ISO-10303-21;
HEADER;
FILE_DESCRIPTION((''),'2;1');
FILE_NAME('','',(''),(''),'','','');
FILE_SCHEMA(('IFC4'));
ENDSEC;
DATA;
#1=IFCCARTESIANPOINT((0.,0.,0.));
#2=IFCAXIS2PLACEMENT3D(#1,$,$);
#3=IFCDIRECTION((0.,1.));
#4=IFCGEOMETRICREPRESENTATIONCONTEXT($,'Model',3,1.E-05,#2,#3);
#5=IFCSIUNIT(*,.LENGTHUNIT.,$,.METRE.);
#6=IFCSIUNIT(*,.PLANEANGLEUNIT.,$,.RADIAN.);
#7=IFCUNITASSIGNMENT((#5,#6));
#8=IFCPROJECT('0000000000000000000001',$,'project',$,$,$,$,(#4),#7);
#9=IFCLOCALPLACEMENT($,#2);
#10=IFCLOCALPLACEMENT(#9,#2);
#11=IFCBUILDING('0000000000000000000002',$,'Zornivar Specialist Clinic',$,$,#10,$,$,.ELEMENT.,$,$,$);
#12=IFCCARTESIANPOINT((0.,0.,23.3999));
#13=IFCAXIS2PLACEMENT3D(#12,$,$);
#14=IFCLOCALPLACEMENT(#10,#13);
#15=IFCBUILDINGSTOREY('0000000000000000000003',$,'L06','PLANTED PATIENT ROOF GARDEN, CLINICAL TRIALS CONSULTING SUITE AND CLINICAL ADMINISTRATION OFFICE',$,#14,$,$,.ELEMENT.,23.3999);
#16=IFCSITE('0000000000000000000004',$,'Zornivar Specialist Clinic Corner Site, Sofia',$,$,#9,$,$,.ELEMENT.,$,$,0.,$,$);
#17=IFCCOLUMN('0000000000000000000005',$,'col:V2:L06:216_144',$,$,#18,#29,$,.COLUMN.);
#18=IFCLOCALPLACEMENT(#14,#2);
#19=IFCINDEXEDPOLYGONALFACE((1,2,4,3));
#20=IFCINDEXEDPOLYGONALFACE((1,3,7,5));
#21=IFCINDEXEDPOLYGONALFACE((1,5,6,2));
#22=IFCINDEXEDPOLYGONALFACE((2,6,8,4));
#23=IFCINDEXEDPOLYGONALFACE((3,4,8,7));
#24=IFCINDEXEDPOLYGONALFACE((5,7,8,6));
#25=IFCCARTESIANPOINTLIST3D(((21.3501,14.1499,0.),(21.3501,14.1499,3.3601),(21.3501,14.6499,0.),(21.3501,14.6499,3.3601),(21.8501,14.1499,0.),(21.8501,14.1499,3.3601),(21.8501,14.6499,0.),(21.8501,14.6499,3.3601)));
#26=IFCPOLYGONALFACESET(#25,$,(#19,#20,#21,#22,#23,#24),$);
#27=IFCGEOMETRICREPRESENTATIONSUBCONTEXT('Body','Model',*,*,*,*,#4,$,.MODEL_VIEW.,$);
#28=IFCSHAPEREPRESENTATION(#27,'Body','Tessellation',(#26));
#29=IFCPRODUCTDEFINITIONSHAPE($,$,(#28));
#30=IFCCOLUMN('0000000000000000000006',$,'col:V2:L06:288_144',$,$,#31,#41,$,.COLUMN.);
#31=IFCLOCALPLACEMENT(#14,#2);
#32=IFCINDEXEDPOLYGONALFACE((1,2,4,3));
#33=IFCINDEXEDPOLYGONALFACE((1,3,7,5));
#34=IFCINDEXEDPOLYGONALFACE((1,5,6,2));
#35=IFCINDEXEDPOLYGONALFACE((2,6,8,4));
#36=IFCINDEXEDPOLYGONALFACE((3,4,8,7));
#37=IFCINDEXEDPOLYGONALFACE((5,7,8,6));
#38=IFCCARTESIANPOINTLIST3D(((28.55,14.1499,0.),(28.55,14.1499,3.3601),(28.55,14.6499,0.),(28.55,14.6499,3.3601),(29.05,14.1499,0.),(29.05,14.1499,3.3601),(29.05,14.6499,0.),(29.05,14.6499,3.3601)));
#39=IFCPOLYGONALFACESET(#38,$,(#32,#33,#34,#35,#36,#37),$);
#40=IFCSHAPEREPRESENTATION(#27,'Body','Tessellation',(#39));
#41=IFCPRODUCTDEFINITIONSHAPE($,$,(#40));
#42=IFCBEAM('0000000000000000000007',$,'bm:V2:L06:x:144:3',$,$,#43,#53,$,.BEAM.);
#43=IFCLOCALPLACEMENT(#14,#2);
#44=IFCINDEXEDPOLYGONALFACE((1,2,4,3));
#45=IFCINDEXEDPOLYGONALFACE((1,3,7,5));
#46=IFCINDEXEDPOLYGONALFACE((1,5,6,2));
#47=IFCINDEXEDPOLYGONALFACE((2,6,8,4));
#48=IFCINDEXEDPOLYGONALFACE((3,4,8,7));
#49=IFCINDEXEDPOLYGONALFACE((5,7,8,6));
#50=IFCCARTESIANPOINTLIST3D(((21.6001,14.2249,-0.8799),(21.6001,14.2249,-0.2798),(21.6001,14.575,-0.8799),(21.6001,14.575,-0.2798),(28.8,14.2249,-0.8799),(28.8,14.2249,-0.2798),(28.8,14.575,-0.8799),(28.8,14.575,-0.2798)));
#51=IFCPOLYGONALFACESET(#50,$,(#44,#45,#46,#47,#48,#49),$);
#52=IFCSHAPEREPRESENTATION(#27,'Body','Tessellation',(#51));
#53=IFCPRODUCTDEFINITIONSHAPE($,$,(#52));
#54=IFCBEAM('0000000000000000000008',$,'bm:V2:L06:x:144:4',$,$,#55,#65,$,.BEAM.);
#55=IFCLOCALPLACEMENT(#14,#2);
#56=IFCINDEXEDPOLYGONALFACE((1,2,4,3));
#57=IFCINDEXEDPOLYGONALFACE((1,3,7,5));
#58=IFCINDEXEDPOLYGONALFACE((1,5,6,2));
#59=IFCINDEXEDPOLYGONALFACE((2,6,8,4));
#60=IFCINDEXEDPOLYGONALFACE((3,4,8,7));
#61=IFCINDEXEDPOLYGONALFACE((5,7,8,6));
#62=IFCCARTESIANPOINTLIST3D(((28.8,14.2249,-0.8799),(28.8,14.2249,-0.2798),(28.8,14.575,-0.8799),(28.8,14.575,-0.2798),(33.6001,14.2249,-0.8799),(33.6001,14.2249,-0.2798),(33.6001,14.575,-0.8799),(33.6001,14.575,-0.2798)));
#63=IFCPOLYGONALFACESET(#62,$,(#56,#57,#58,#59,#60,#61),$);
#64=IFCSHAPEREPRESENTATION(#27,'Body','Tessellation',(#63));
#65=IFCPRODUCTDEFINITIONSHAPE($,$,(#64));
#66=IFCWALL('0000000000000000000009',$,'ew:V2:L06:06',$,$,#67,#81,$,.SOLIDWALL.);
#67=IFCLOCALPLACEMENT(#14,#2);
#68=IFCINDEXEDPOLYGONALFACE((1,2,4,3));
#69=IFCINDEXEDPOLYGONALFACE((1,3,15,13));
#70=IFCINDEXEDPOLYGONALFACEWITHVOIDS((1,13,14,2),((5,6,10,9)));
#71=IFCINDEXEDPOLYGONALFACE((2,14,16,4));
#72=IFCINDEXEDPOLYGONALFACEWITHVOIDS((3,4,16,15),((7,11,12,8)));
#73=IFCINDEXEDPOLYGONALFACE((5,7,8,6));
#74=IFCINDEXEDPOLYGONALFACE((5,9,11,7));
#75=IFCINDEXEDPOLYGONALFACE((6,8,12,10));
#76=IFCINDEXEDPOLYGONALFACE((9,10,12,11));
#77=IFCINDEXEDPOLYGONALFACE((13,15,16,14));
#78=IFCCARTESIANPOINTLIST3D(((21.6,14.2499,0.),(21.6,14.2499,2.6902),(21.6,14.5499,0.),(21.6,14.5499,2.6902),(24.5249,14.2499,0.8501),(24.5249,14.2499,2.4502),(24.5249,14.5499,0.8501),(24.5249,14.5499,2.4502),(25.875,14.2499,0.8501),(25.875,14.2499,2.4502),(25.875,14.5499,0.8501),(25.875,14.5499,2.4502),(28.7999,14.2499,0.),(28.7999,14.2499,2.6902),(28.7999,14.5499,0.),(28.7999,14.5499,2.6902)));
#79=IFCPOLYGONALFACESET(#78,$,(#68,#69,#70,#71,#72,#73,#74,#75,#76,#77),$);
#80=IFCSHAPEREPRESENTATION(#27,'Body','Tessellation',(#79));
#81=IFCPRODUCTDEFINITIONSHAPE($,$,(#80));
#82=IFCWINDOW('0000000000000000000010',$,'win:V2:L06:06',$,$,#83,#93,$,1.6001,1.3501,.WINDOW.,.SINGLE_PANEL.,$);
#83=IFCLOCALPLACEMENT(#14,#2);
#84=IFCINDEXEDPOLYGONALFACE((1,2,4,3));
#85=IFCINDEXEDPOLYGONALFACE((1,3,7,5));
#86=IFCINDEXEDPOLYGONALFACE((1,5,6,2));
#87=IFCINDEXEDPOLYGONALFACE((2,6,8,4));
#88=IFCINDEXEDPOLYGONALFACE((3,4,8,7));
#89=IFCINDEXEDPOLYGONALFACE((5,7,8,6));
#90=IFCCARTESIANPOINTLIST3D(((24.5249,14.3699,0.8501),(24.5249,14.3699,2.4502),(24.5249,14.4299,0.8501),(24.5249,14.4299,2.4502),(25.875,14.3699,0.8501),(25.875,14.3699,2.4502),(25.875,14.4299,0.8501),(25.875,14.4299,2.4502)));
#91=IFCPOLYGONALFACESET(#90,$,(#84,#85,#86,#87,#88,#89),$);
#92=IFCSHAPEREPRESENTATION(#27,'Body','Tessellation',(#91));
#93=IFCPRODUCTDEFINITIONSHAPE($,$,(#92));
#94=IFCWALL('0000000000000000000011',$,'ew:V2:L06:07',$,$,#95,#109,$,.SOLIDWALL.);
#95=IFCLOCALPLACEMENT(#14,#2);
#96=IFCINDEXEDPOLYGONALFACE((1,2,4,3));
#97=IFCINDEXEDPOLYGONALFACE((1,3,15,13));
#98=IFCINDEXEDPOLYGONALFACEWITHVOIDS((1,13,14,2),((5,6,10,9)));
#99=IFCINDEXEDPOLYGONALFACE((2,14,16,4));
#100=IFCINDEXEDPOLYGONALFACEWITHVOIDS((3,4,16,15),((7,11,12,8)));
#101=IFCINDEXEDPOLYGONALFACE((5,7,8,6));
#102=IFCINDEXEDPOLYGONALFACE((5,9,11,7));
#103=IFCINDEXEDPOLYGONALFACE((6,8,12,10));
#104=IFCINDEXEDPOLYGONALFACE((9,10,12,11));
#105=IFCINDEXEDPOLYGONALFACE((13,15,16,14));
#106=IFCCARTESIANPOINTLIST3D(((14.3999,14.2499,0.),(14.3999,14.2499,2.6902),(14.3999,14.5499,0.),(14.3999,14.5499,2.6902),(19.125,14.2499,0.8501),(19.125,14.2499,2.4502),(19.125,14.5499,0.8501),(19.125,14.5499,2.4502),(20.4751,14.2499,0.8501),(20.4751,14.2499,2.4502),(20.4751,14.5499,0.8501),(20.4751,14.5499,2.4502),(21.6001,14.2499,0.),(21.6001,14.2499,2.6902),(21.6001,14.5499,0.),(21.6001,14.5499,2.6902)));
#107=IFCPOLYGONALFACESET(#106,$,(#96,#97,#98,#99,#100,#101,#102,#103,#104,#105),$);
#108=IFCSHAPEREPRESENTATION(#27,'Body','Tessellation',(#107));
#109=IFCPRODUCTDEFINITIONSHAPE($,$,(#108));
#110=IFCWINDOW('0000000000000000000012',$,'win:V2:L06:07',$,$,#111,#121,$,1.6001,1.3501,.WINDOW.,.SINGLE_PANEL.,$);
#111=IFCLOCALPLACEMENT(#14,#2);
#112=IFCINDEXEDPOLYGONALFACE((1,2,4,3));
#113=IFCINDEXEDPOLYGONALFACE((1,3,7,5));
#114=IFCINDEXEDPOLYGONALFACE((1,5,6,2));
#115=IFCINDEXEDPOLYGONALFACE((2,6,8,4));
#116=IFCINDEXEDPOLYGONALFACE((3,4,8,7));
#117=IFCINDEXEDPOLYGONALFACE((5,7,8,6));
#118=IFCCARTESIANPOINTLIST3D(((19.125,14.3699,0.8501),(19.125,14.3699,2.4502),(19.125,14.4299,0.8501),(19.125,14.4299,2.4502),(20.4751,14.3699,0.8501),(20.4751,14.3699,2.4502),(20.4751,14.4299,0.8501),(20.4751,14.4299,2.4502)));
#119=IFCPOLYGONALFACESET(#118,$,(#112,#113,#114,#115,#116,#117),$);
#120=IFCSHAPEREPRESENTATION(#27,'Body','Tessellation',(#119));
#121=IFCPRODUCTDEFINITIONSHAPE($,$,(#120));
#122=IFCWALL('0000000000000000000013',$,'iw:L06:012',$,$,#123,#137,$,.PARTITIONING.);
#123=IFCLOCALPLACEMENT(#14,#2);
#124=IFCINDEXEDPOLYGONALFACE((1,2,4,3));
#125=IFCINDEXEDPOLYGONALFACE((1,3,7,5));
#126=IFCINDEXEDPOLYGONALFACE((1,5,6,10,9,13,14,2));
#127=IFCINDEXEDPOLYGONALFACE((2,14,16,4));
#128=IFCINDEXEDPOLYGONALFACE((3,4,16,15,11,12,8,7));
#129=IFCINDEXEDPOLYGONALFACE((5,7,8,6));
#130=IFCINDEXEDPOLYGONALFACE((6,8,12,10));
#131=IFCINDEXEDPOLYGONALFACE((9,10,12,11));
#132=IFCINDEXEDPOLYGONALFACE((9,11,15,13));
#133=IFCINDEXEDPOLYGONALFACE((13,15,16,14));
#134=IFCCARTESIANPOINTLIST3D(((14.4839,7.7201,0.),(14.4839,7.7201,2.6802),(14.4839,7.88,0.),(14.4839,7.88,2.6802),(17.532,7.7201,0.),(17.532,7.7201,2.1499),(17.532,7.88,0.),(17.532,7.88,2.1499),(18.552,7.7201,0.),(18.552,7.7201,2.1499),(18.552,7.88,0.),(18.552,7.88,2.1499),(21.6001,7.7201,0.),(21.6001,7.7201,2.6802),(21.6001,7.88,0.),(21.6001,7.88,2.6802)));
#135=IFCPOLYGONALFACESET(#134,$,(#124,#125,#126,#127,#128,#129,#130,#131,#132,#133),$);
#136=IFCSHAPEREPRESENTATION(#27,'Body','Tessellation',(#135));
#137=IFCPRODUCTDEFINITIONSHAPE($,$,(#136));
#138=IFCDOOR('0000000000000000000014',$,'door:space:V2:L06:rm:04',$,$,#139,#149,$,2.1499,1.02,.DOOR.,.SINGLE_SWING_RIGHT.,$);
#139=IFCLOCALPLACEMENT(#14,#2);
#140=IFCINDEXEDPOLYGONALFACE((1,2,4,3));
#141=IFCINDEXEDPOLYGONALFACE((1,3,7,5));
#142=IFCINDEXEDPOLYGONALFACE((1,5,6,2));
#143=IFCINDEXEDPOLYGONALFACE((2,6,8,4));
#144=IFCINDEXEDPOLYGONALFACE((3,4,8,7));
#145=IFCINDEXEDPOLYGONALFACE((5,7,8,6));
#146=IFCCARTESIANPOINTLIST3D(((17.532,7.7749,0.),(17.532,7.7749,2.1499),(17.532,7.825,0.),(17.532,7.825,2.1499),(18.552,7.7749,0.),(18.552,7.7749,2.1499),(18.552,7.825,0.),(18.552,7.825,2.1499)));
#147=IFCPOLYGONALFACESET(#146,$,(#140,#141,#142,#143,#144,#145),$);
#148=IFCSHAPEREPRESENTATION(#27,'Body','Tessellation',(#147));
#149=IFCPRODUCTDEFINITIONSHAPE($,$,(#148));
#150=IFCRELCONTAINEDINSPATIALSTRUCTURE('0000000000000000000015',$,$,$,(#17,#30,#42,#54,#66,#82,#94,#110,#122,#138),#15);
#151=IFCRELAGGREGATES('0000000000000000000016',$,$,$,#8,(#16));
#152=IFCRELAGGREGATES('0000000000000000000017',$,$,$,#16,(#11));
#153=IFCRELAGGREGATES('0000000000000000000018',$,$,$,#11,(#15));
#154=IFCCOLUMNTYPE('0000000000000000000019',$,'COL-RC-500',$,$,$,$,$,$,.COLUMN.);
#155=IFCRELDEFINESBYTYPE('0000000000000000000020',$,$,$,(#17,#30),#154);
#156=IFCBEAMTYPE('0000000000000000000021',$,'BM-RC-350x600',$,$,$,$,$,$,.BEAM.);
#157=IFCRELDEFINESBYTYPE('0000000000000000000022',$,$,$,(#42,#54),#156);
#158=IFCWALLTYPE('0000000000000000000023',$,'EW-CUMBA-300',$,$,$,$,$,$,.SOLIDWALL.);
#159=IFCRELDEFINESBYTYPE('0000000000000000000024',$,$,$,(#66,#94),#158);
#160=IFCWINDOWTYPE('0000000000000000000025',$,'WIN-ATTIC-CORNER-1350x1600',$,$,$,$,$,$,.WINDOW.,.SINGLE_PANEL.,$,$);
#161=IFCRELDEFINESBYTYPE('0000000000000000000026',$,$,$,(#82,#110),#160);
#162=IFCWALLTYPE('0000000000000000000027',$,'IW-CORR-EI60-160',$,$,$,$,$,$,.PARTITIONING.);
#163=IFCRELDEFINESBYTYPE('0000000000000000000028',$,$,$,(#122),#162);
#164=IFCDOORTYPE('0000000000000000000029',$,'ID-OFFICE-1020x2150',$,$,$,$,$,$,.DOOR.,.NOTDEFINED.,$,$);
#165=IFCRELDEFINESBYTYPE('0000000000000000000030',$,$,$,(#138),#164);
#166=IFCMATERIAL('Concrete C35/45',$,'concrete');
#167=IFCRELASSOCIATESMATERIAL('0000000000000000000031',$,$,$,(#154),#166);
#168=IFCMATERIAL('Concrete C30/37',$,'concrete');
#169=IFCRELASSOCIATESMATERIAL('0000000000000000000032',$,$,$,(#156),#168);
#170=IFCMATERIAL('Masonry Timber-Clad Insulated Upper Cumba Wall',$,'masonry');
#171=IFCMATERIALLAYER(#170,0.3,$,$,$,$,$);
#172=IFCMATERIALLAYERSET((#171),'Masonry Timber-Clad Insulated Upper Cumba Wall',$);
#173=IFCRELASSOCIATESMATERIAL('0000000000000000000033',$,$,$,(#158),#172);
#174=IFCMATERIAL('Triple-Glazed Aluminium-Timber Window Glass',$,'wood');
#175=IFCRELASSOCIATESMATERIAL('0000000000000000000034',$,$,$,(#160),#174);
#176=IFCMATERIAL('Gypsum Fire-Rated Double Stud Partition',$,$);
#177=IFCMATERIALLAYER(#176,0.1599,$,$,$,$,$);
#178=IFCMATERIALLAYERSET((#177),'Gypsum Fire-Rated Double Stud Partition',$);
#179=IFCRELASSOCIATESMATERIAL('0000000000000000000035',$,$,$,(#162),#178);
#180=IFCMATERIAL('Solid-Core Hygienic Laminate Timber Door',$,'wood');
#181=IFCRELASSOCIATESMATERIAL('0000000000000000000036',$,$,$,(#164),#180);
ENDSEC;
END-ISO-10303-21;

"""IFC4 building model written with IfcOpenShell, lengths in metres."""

from ifc_helpers import new_model, si_unit, direction, frame, frame_2d, origin, origin_2d, place, context, subcontext, project, spatial, rectangle, extrude, material, layer, layer_set, material_profile, profile_set, type_object, element, fill, save


model = new_model("IFC4")

# Units and contexts
model_context = context("Model", 3, precision=1e-05, world=origin(), true_north=direction((0.0, 1.0)))
body_context = subcontext(model_context, "Body", "Model", "MODEL_VIEW")
ifc_project = project(units=[si_unit("LENGTHUNIT", "METRE"), si_unit("PLANEANGLEUNIT", "RADIAN")], contexts=[model_context])

# Site, building, storey
site_placement = place(None, origin())
site = spatial("IfcSite", under=ifc_project, at=site_placement, Name="Zornivar Specialist Clinic Corner Site, Sofia", CompositionType="ELEMENT", RefElevation=0.0)
building_placement = place(site_placement, origin())
building = spatial("IfcBuilding", under=site, at=building_placement, Name="Zornivar Specialist Clinic", CompositionType="ELEMENT")
storey_placement = place(building_placement, frame((0.0, 0.0, 23.3999)))
storey = spatial("IfcBuildingStorey", under=building, at=storey_placement, Name="L06", Description="PLANTED PATIENT ROOF GARDEN, CLINICAL TRIALS CONSULTING SUITE AND CLINICAL ADMINISTRATION OFFICE", CompositionType="ELEMENT", Elevation=23.3999)

# Columns
ifc_material_1 = material(Name="Concrete C35/45", Category="concrete")
ifc_material_profile_1 = material_profile(ifc_material_1, rectangle(XDim=0.5, YDim=0.5, at=origin_2d()), Name="RC 500x500")
ifc_profile_set_1 = profile_set([ifc_material_profile_1], Name="Concrete C35/45")
column_type = type_object("IfcColumnType", Name="COL-RC-500", PredefinedType="COLUMN", material=ifc_profile_set_1)
for number, where, z_axis, x_axis, name in (
    (1, (21.6001, 14.3999, 0.0), (0.0, 0.0, 1.0), (1.0, 0.0, 0.0), "col:V2:L06:216_144"),
    (2, (28.8, 14.3999, 0.0), (0.0, 0.0, 1.0), (1.0, 0.0, 0.0), "col:V2:L06:288_144"),
):
    element("IfcColumn", number, at=place(storey_placement, frame(where, z_axis=z_axis, x_axis=x_axis)), inside=storey, type_object=column_type, Name=name, PredefinedType="COLUMN", context=body_context, shape_type="SweptSolid", body=[
        extrude(rectangle(XDim=0.5, YDim=0.5, at=origin_2d()), origin(), (0.0, 0.0, 1.0), 3.3601),
    ])

# Beams
ifc_material_2 = material(Name="Concrete C30/37", Category="concrete")
ifc_material_profile_2 = material_profile(ifc_material_2, rectangle(XDim=0.3501, YDim=0.6001, at=origin_2d()), Name="RC 350x600")
ifc_profile_set_2 = profile_set([ifc_material_profile_2], Name="Concrete C30/37")
beam_type = type_object("IfcBeamType", Name="BM-RC-350x600", PredefinedType="BEAM", material=ifc_profile_set_2)
beam_1_placement = place(storey_placement, frame((21.6001, 14.3999, -0.5798), z_axis=(1.0, 0.0, 0.0), x_axis=(0.0, 1.0, 0.0)))
element("IfcBeam", 3, at=beam_1_placement, inside=storey, type_object=beam_type, Name="bm:V2:L06:x:144:3", PredefinedType="BEAM", context=body_context, shape_type="SweptSolid", body=[
    extrude(rectangle(XDim=0.3501, YDim=0.6001, at=origin_2d()), origin(), (0.0, 0.0, 1.0), 7.2),
])
beam_2_placement = place(storey_placement, frame((28.8, 14.3999, -0.5798), z_axis=(1.0, 0.0, 0.0), x_axis=(0.0, 1.0, 0.0)))
element("IfcBeam", 4, at=beam_2_placement, inside=storey, type_object=beam_type, Name="bm:V2:L06:x:144:4", PredefinedType="BEAM", context=body_context, shape_type="SweptSolid", body=[
    extrude(rectangle(XDim=0.3501, YDim=0.6001, at=origin_2d()), origin(), (0.0, 0.0, 1.0), 4.8),
])

# Walls, openings, windows
ifc_material_3 = material(Name="Masonry Timber-Clad Insulated Upper Cumba Wall", Category="masonry")
ifc_layer_1 = layer(ifc_material_3, 0.3)
ifc_layer_set_1 = layer_set([ifc_layer_1], Name="Masonry Timber-Clad Insulated Upper Cumba Wall")
wall_type_1 = type_object("IfcWallType", Name="EW-CUMBA-300", PredefinedType="SOLIDWALL", material=ifc_layer_set_1)
wall_1_placement = place(storey_placement, frame((28.8, 14.3999, 0.0), z_axis=(0.0, 0.0, 1.0), x_axis=(-1.0, 0.0, 0.0)))
wall_1 = element("IfcWall", 5, at=wall_1_placement, inside=storey, type_object=wall_type_1, Name="ew:V2:L06:06", PredefinedType="SOLIDWALL", context=body_context, shape_type="SweptSolid", body=[
    extrude(rectangle(XDim=7.2, YDim=0.3, at=frame_2d((3.6001, 0.0))), origin(), (0.0, 0.0, 1.0), 2.6902),
])
opening_1_placement = place(wall_1_placement, frame((2.925, 0.0, 0.8501)))
opening_1 = element("IfcOpeningElement", 6, at=opening_1_placement, cuts=wall_1, PredefinedType="OPENING", context=body_context, shape_type="SweptSolid", body=[
    extrude(rectangle(XDim=1.3501, YDim=1.6001, at=frame_2d((0.675, 0.8))), frame((0.0, 0.1599, 0.0), z_axis=(0.0, -1.0, 0.0), x_axis=(1.0, 0.0, 0.0)), (0.0, 0.0, 1.0), 0.3201),
])
ifc_material_4 = material(Name="Triple-Glazed Aluminium-Timber Window Glass", Category="wood")
window_type = type_object("IfcWindowType", Name="WIN-ATTIC-CORNER-1350x1600", PartitioningType="SINGLE_PANEL", PredefinedType="WINDOW", material=ifc_material_4)
window_1_placement = place(opening_1_placement, origin())
window_1 = element("IfcWindow", 7, at=window_1_placement, inside=storey, type_object=window_type, Name="win:V2:L06:06", OverallHeight=1.6001, OverallWidth=1.3501, PartitioningType="SINGLE_PANEL", PredefinedType="WINDOW", context=body_context, shape_type="SweptSolid", body=[
    extrude(rectangle(XDim=1.3501, YDim=1.6001, at=frame_2d((0.675, 0.8))), frame((0.0, 0.03, 0.0), z_axis=(0.0, -1.0, 0.0), x_axis=(1.0, 0.0, 0.0)), (0.0, 0.0, 1.0), 0.0601),
])
fill(opening_1, window_1)
wall_2_placement = place(storey_placement, frame((21.6001, 14.3999, 0.0), z_axis=(0.0, 0.0, 1.0), x_axis=(-1.0, 0.0, 0.0)))
wall_2 = element("IfcWall", 8, at=wall_2_placement, inside=storey, type_object=wall_type_1, Name="ew:V2:L06:07", PredefinedType="SOLIDWALL", context=body_context, shape_type="SweptSolid", body=[
    extrude(rectangle(XDim=7.2002, YDim=0.3, at=frame_2d((3.6001, 0.0))), origin(), (0.0, 0.0, 1.0), 2.6902),
])
opening_2_placement = place(wall_2_placement, frame((1.125, 0.0, 0.8501)))
opening_2 = element("IfcOpeningElement", 9, at=opening_2_placement, cuts=wall_2, PredefinedType="OPENING", context=body_context, shape_type="SweptSolid", body=[
    extrude(rectangle(XDim=1.3501, YDim=1.6001, at=frame_2d((0.675, 0.8))), frame((0.0, 0.1599, 0.0), z_axis=(0.0, -1.0, 0.0), x_axis=(1.0, 0.0, 0.0)), (0.0, 0.0, 1.0), 0.3201),
])
window_2_placement = place(opening_2_placement, origin())
window_2 = element("IfcWindow", 10, at=window_2_placement, inside=storey, type_object=window_type, Name="win:V2:L06:07", OverallHeight=1.6001, OverallWidth=1.3501, PartitioningType="SINGLE_PANEL", PredefinedType="WINDOW", context=body_context, shape_type="SweptSolid", body=[
    extrude(rectangle(XDim=1.3501, YDim=1.6001, at=frame_2d((0.675, 0.8))), frame((0.0, 0.03, 0.0), z_axis=(0.0, -1.0, 0.0), x_axis=(1.0, 0.0, 0.0)), (0.0, 0.0, 1.0), 0.0601),
])
fill(opening_2, window_2)

# Wall, opening, door
ifc_material_5 = material(Name="Gypsum Fire-Rated Double Stud Partition")
ifc_layer_2 = layer(ifc_material_5, 0.1599)
ifc_layer_set_2 = layer_set([ifc_layer_2], Name="Gypsum Fire-Rated Double Stud Partition")
wall_type_2 = type_object("IfcWallType", Name="IW-CORR-EI60-160", PredefinedType="PARTITIONING", material=ifc_layer_set_2)
wall_3_placement = place(storey_placement, frame((14.4839, 7.8, 0.0), z_axis=(0.0, 0.0, 1.0), x_axis=(1.0, 0.0, 0.0)))
wall_3 = element("IfcWall", 11, at=wall_3_placement, inside=storey, type_object=wall_type_2, Name="iw:L06:012", PredefinedType="PARTITIONING", context=body_context, shape_type="SweptSolid", body=[
    extrude(rectangle(XDim=7.1162, YDim=0.1599, at=frame_2d((3.5581, 0.0))), origin(), (0.0, 0.0, 1.0), 2.6802),
])
opening_3_placement = place(wall_3_placement, frame((3.0481, 0.0, 0.0)))
opening_3 = element("IfcOpeningElement", 12, at=opening_3_placement, cuts=wall_3, PredefinedType="OPENING", context=body_context, shape_type="SweptSolid", body=[
    extrude(rectangle(XDim=1.02, YDim=2.1499, at=frame_2d((0.51, 1.075))), frame((0.0, 0.0898, 0.0), z_axis=(0.0, -1.0, 0.0), x_axis=(1.0, 0.0, 0.0)), (0.0, 0.0, 1.0), 0.1799),
])
ifc_material_6 = material(Name="Solid-Core Hygienic Laminate Timber Door", Category="wood")
door_type_1 = type_object("IfcDoorType", Name="ID-OFFICE-1020x2150", OperationType="NOTDEFINED", PredefinedType="DOOR", material=ifc_material_6)
door_1_placement = place(opening_3_placement, origin())
door_1 = element("IfcDoor", 13, at=door_1_placement, inside=storey, type_object=door_type_1, Name="door:space:V2:L06:rm:04", OperationType="SINGLE_SWING_RIGHT", OverallHeight=2.1499, OverallWidth=1.02, PredefinedType="DOOR", context=body_context, shape_type="SweptSolid", body=[
    extrude(rectangle(XDim=1.02, YDim=2.1499, at=frame_2d((0.51, 1.075))), frame((0.0, 0.0249, 0.0), z_axis=(0.0, -1.0, 0.0), x_axis=(1.0, 0.0, 0.0)), (0.0, 0.0, 1.0), 0.05),
])
fill(opening_3, door_1)

save(model, "model.ifc")
